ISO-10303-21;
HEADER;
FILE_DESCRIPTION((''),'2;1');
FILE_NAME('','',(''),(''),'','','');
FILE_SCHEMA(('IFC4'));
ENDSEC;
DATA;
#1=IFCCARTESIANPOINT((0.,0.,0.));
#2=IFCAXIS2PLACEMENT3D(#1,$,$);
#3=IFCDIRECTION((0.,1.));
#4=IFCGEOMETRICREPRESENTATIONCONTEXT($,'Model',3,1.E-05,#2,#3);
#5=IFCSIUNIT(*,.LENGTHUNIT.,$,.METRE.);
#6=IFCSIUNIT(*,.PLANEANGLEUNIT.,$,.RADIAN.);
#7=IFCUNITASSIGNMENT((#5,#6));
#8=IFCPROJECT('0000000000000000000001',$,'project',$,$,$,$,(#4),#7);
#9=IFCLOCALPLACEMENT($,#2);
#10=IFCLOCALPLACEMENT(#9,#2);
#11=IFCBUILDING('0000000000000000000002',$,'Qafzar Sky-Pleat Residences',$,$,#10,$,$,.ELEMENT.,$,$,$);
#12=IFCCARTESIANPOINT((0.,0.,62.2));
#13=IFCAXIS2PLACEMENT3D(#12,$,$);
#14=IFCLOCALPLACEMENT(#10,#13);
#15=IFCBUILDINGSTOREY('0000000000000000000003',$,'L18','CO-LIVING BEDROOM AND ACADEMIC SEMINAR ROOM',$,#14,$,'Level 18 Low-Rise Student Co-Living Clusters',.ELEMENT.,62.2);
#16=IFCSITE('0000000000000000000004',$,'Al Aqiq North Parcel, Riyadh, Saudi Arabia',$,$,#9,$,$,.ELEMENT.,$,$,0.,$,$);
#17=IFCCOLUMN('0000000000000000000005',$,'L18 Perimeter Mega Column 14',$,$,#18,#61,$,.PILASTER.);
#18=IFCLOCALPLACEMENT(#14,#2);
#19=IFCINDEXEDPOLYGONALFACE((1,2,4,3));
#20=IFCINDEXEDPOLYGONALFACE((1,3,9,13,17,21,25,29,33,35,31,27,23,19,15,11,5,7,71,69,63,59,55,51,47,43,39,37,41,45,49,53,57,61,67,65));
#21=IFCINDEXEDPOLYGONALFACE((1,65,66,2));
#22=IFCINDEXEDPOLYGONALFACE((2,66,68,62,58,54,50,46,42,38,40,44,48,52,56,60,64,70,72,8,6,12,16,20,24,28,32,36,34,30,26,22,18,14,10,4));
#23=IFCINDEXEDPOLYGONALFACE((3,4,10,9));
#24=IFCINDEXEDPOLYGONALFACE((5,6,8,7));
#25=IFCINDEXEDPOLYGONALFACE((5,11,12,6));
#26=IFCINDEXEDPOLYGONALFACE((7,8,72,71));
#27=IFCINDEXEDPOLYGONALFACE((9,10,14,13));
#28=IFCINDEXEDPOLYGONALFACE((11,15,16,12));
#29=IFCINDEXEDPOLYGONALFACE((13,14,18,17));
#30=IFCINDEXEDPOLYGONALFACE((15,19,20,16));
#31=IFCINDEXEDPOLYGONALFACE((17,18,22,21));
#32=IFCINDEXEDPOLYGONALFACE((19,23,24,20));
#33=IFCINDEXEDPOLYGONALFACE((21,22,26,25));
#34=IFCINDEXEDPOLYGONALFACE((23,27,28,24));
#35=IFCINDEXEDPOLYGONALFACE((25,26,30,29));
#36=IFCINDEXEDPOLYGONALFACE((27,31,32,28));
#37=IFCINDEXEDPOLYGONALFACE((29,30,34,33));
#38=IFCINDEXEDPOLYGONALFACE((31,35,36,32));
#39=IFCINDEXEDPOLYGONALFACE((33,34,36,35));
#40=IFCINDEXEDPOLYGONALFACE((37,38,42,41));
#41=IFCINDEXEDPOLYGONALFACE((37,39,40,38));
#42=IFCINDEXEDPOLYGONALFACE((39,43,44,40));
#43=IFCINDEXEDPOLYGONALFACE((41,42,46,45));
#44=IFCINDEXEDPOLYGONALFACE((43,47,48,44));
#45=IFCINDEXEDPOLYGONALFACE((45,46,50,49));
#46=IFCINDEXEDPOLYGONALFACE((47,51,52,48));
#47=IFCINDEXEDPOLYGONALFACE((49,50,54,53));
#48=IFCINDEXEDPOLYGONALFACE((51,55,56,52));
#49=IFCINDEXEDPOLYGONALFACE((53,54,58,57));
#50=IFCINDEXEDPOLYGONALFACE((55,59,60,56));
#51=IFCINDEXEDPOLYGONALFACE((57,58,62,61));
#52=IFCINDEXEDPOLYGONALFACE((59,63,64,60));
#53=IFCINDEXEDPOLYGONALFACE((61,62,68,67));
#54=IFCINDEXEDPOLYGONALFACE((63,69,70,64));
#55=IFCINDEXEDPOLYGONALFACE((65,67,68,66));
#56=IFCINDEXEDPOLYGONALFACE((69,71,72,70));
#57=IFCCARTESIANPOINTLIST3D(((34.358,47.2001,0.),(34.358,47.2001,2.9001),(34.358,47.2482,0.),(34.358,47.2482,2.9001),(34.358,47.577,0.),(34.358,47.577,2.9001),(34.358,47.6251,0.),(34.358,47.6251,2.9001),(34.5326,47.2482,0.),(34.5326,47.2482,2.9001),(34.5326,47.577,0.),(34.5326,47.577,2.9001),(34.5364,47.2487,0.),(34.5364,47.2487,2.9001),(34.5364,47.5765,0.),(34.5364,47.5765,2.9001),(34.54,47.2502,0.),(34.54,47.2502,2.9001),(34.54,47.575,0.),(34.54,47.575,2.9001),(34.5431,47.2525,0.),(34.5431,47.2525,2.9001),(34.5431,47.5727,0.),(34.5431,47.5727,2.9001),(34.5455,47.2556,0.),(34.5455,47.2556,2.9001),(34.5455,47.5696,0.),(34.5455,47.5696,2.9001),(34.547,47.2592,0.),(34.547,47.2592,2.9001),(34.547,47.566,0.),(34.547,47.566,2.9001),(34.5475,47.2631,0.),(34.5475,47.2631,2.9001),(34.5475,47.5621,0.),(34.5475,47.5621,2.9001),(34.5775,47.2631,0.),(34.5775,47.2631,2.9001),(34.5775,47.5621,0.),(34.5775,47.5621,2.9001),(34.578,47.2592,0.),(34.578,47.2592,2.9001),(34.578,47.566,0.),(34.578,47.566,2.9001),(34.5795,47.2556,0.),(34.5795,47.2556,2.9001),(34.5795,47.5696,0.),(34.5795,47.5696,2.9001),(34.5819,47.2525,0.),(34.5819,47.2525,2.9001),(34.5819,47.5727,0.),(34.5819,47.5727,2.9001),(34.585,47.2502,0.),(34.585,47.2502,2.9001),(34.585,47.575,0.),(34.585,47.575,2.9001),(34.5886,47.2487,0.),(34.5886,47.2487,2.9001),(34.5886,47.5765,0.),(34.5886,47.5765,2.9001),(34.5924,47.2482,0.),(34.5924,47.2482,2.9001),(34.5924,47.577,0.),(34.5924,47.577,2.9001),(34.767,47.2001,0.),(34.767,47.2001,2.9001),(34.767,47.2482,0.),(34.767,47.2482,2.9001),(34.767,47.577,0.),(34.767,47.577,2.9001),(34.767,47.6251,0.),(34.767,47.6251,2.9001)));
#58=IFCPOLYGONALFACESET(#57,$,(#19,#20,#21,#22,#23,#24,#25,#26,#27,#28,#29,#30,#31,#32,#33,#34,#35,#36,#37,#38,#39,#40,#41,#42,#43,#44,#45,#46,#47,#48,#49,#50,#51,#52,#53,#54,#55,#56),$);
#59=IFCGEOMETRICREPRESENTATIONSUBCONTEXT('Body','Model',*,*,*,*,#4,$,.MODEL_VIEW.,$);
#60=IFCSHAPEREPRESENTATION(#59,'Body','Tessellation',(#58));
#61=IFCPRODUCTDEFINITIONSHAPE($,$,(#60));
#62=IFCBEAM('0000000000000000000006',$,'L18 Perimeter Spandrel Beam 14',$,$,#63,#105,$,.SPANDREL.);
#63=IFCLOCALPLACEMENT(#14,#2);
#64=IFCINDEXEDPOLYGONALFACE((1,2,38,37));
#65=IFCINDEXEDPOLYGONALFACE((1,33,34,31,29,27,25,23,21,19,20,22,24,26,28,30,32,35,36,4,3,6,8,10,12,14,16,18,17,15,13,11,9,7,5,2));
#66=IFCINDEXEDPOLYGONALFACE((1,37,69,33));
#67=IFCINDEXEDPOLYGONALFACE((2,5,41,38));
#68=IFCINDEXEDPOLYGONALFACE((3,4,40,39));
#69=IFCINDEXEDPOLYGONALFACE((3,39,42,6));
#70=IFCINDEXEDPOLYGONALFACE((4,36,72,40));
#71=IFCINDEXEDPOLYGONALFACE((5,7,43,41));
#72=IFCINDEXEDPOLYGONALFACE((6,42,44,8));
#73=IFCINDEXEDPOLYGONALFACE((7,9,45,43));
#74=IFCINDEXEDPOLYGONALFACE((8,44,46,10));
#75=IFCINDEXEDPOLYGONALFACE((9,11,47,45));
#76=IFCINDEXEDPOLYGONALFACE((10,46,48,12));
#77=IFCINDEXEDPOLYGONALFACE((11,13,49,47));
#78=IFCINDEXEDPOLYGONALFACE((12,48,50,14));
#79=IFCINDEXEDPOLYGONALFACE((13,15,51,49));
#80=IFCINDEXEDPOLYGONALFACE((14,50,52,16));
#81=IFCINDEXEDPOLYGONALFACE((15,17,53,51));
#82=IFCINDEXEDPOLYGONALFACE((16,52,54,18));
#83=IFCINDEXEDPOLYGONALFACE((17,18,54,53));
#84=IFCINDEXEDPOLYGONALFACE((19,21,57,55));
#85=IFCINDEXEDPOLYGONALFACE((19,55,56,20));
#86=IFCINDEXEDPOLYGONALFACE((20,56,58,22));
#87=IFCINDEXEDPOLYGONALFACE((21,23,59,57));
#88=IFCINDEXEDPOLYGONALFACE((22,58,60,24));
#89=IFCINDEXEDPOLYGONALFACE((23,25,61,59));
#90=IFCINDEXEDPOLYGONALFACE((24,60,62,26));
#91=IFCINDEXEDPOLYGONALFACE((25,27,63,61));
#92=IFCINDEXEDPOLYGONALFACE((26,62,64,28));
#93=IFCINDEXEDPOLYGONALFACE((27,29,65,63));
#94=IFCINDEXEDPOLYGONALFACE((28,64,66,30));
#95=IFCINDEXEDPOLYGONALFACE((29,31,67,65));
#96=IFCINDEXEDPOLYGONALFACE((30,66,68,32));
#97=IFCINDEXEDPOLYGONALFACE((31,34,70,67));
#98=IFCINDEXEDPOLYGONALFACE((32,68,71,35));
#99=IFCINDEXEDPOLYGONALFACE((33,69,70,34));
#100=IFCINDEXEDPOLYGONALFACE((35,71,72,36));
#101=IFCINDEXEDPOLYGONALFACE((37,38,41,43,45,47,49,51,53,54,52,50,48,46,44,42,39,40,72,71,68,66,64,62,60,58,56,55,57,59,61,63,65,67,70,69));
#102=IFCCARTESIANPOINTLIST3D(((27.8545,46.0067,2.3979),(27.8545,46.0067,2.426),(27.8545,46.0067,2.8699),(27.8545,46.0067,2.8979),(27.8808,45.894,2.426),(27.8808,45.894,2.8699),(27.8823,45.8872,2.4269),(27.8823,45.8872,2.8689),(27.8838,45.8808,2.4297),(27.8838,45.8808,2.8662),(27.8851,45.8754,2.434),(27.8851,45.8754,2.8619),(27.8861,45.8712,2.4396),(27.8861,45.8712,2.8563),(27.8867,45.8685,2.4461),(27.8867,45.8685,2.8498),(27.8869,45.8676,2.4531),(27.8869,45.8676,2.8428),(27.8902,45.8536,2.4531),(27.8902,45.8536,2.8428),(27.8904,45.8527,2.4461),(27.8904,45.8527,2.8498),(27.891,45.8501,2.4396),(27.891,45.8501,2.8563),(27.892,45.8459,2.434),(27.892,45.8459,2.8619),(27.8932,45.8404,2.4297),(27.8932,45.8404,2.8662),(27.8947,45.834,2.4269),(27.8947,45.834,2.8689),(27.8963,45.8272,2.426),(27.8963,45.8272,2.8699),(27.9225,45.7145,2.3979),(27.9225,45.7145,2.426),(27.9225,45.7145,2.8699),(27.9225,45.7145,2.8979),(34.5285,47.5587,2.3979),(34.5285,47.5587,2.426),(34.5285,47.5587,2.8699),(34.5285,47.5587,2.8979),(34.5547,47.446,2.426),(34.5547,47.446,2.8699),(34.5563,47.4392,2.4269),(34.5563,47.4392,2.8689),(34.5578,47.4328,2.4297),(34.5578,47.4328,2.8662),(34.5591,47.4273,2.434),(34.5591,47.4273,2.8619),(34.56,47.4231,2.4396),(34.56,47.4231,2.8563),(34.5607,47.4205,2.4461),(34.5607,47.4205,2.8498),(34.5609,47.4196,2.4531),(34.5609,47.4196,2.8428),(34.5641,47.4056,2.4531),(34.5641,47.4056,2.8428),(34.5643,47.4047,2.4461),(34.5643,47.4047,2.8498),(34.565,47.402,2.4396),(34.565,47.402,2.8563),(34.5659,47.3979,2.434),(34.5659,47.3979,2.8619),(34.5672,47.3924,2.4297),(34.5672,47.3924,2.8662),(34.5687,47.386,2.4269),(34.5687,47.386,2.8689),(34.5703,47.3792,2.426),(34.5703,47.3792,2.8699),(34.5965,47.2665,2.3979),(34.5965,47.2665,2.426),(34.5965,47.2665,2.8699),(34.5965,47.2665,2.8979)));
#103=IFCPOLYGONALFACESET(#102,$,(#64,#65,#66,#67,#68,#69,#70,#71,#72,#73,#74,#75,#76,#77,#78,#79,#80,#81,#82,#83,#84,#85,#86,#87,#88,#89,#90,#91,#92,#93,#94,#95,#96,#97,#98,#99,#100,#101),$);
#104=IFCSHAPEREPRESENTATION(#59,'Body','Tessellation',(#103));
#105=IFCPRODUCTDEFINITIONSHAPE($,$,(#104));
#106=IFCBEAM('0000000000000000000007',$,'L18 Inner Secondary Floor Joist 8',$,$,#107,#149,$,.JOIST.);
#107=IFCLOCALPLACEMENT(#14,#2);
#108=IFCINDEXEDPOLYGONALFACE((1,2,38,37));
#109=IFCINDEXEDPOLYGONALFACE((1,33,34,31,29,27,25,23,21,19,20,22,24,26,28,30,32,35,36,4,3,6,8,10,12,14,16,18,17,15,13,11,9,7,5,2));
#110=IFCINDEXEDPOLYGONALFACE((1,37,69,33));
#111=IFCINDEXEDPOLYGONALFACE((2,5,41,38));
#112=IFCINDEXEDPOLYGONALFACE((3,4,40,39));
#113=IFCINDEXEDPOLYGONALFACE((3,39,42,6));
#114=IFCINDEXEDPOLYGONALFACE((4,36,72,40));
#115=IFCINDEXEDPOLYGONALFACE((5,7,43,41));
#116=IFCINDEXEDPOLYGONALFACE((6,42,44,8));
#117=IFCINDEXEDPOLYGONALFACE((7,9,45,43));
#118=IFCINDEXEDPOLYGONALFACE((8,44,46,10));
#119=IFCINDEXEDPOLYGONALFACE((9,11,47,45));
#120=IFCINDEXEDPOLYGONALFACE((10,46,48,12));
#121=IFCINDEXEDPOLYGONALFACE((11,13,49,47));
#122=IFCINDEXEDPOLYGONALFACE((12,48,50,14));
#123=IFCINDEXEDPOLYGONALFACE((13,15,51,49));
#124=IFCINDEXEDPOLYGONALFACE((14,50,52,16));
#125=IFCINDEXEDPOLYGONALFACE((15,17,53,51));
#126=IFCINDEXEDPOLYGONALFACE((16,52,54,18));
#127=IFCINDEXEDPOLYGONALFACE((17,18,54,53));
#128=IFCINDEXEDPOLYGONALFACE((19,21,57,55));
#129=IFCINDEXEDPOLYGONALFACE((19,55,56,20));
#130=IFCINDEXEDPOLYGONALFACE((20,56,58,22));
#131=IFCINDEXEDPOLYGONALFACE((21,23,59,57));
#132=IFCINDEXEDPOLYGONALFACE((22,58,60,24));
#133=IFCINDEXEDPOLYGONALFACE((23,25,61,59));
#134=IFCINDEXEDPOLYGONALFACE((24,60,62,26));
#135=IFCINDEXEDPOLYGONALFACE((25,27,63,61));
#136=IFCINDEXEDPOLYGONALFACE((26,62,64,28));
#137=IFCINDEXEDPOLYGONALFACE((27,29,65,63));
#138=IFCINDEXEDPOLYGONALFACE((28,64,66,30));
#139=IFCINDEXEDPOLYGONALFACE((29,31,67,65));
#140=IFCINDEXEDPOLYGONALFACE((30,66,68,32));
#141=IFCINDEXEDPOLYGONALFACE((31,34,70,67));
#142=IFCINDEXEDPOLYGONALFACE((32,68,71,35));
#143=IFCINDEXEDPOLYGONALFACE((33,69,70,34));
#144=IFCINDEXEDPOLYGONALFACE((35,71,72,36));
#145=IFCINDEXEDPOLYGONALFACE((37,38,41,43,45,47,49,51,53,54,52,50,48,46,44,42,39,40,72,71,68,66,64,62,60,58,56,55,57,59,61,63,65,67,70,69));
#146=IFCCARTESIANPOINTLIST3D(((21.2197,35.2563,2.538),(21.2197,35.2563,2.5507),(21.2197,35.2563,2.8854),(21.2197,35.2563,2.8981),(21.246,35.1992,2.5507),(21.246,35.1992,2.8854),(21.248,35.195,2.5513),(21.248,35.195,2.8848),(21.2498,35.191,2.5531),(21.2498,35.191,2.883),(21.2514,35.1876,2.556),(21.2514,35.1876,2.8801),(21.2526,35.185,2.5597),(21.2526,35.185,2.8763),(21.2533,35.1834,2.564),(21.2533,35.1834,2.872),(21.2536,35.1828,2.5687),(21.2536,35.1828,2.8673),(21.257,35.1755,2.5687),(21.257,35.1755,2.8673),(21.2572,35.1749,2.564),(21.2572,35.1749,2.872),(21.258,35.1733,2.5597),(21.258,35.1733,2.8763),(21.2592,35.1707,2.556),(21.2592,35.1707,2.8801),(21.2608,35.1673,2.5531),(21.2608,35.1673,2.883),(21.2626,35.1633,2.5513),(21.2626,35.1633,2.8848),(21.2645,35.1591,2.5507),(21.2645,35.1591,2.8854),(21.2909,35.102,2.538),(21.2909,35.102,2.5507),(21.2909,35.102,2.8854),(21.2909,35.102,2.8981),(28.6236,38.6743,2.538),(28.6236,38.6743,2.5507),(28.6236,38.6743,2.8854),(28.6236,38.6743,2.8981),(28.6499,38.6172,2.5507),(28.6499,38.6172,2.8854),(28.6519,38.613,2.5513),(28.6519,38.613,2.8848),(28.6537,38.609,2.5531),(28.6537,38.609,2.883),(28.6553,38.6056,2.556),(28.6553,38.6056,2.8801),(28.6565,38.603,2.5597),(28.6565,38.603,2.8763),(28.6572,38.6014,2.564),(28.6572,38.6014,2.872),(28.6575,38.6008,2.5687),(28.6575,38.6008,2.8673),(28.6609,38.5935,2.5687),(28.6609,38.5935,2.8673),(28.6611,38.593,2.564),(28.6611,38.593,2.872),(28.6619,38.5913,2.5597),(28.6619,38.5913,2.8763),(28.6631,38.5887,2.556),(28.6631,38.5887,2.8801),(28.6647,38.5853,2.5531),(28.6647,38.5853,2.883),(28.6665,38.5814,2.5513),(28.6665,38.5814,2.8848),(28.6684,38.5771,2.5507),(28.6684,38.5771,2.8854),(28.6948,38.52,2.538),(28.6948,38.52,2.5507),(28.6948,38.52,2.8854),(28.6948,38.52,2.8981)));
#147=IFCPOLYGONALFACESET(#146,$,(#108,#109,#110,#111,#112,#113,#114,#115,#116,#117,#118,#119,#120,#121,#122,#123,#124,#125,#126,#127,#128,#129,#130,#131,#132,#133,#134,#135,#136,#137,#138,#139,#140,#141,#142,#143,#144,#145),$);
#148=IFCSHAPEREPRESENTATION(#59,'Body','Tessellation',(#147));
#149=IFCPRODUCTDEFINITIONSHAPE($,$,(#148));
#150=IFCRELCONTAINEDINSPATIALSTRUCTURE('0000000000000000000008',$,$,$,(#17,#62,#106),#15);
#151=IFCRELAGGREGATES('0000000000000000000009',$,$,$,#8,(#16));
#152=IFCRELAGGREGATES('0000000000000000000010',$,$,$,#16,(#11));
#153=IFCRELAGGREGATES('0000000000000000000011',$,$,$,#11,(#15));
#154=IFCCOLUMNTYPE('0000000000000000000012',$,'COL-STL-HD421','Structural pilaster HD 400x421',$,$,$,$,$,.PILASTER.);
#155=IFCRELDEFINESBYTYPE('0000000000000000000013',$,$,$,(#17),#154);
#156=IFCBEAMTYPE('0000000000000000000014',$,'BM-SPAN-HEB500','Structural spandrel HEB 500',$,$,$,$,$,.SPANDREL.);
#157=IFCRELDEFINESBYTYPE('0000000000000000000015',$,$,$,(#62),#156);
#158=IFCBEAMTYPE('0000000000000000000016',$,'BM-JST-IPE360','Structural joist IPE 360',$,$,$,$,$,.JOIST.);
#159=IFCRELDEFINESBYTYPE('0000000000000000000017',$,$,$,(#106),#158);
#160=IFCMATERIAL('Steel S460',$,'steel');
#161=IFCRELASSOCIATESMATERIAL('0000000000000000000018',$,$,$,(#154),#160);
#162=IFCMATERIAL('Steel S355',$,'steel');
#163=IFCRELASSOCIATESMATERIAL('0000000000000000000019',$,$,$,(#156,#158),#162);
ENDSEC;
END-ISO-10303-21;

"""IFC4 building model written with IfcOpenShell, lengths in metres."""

from ifc_helpers import new_model, si_unit, direction, frame, origin, origin_2d, place, context, subcontext, project, spatial, i_section, extrude, source, transform, mapped, material, material_profile, profile_set, type_object, element, save


model = new_model("IFC4")

# Units and contexts
model_context = context("Model", 3, precision=1e-05, world=origin(), true_north=direction((0.0, 1.0)))
body_context = subcontext(model_context, "Body", "Model", "MODEL_VIEW")
ifc_project = project(units=[si_unit("LENGTHUNIT", "METRE"), si_unit("PLANEANGLEUNIT", "RADIAN")], contexts=[model_context])

# Site, building, storey
site_placement = place(None, origin())
site = spatial("IfcSite", under=ifc_project, at=site_placement, Name="Al Aqiq North Parcel, Riyadh, Saudi Arabia", CompositionType="ELEMENT", RefElevation=0.0)
building_placement = place(site_placement, origin())
building = spatial("IfcBuilding", under=site, at=building_placement, Name="Qafzar Sky-Pleat Residences", CompositionType="ELEMENT")
storey_placement = place(building_placement, frame((0.0, 0.0, 62.2)))
storey = spatial("IfcBuildingStorey", under=building, at=storey_placement, Name="L18", Description="CO-LIVING BEDROOM AND ACADEMIC SEMINAR ROOM", LongName="Level 18 Low-Rise Student Co-Living Clusters", CompositionType="ELEMENT", Elevation=62.2)

# Column
ifc_material_1 = material(Name="Steel S460", Category="steel")
ifc_material_profile_1 = material_profile(ifc_material_1, i_section(OverallWidth=0.4089, OverallDepth=0.425, WebThickness=0.03, FlangeThickness=0.0481, FilletRadius=0.0149, at=origin_2d()), Name="HD 400x421")
ifc_profile_set_1 = profile_set([ifc_material_profile_1], Name="Steel S460")
column_type = type_object("IfcColumnType", Name="COL-STL-HD421", Description="Structural pilaster HD 400x421", PredefinedType="PILASTER", material=ifc_profile_set_1)
shared_shape_1 = source(origin(), body_context, "Body", "SweptSolid", [
    extrude(i_section(OverallWidth=0.4089, OverallDepth=0.425, WebThickness=0.03, FlangeThickness=0.0481, FilletRadius=0.0149, at=origin_2d()), origin(), (0.0, 0.0, 1.0), 2.9001),
])
column_placement = place(storey_placement, frame((34.5625, 47.4126, 0.0), z_axis=(0.0, 0.0, 1.0), x_axis=(1.0, 0.0, 0.0)))
element("IfcColumn", 1, at=column_placement, inside=storey, type_object=column_type, Name="L18 Perimeter Mega Column 14", PredefinedType="PILASTER", context=body_context, shape_type="MappedRepresentation", body=[
    mapped(shared_shape_1, transform((0.0, 0.0, 0.0), x_axis=(1.0, 0.0, 0.0), y_axis=(0.0, 1.0, 0.0), z_axis=(0.0, 0.0, 1.0), scale=1.0)),
])

# Beams
ifc_material_2 = material(Name="Steel S355", Category="steel")
ifc_material_profile_2 = material_profile(ifc_material_2, i_section(OverallWidth=0.3, OverallDepth=0.5, WebThickness=0.0144, FlangeThickness=0.0281, FilletRadius=0.0271, at=origin_2d()), Name="HEB 500")
ifc_profile_set_2 = profile_set([ifc_material_profile_2], Name="Steel S355")
beam_type_1 = type_object("IfcBeamType", Name="BM-SPAN-HEB500", Description="Structural spandrel HEB 500", PredefinedType="SPANDREL", material=ifc_profile_set_2)
shared_shape_2 = source(origin(), body_context, "Body", "SweptSolid", [
    extrude(i_section(OverallWidth=0.3, OverallDepth=0.5, WebThickness=0.0144, FlangeThickness=0.0281, FilletRadius=0.0271, at=origin_2d()), origin(), (0.0, 0.0, 1.0), 6.8521),
])
beam_1_placement = place(storey_placement, frame((34.5625, 47.4126, 2.6479), z_axis=(-0.974012, -0.226499, 0.0), x_axis=(0.226499, -0.974012, 0.0)))
element("IfcBeam", 2, at=beam_1_placement, inside=storey, type_object=beam_type_1, Name="L18 Perimeter Spandrel Beam 14", PredefinedType="SPANDREL", context=body_context, shape_type="MappedRepresentation", body=[
    mapped(shared_shape_2, transform((0.0, 0.0, 0.0), x_axis=(1.0, 0.0, 0.0), y_axis=(0.0, 1.0, 0.0), z_axis=(0.0, 0.0, 1.0), scale=1.0)),
])
ifc_material_profile_3 = material_profile(ifc_material_2, i_section(OverallWidth=0.1699, OverallDepth=0.3601, WebThickness=0.0081, FlangeThickness=0.0127, FilletRadius=0.0181, at=origin_2d()), Name="IPE 360")
ifc_profile_set_3 = profile_set([ifc_material_profile_3], Name="Steel S355")
beam_type_2 = type_object("IfcBeamType", Name="BM-JST-IPE360", Description="Structural joist IPE 360", PredefinedType="JOIST", material=ifc_profile_set_3)
shared_shape_3 = source(origin(), body_context, "Body", "SweptSolid", [
    extrude(i_section(OverallWidth=0.1699, OverallDepth=0.3601, WebThickness=0.0081, FlangeThickness=0.0127, FilletRadius=0.0181, at=origin_2d()), origin(), (0.0, 0.0, 1.0), 8.1548),
])
beam_2_placement = place(storey_placement, frame((28.6592, 38.5972, 2.718), z_axis=(-0.907921, -0.419142, 0.0), x_axis=(0.419142, -0.907921, 0.0)))
element("IfcBeam", 3, at=beam_2_placement, inside=storey, type_object=beam_type_2, Name="L18 Inner Secondary Floor Joist 8", PredefinedType="JOIST", context=body_context, shape_type="MappedRepresentation", body=[
    mapped(shared_shape_3, transform((0.0, 0.0, 0.0), x_axis=(1.0, 0.0, 0.0), y_axis=(0.0, 1.0, 0.0), z_axis=(0.0, 0.0, 1.0), scale=1.0)),
])

save(model, "model.ifc")
